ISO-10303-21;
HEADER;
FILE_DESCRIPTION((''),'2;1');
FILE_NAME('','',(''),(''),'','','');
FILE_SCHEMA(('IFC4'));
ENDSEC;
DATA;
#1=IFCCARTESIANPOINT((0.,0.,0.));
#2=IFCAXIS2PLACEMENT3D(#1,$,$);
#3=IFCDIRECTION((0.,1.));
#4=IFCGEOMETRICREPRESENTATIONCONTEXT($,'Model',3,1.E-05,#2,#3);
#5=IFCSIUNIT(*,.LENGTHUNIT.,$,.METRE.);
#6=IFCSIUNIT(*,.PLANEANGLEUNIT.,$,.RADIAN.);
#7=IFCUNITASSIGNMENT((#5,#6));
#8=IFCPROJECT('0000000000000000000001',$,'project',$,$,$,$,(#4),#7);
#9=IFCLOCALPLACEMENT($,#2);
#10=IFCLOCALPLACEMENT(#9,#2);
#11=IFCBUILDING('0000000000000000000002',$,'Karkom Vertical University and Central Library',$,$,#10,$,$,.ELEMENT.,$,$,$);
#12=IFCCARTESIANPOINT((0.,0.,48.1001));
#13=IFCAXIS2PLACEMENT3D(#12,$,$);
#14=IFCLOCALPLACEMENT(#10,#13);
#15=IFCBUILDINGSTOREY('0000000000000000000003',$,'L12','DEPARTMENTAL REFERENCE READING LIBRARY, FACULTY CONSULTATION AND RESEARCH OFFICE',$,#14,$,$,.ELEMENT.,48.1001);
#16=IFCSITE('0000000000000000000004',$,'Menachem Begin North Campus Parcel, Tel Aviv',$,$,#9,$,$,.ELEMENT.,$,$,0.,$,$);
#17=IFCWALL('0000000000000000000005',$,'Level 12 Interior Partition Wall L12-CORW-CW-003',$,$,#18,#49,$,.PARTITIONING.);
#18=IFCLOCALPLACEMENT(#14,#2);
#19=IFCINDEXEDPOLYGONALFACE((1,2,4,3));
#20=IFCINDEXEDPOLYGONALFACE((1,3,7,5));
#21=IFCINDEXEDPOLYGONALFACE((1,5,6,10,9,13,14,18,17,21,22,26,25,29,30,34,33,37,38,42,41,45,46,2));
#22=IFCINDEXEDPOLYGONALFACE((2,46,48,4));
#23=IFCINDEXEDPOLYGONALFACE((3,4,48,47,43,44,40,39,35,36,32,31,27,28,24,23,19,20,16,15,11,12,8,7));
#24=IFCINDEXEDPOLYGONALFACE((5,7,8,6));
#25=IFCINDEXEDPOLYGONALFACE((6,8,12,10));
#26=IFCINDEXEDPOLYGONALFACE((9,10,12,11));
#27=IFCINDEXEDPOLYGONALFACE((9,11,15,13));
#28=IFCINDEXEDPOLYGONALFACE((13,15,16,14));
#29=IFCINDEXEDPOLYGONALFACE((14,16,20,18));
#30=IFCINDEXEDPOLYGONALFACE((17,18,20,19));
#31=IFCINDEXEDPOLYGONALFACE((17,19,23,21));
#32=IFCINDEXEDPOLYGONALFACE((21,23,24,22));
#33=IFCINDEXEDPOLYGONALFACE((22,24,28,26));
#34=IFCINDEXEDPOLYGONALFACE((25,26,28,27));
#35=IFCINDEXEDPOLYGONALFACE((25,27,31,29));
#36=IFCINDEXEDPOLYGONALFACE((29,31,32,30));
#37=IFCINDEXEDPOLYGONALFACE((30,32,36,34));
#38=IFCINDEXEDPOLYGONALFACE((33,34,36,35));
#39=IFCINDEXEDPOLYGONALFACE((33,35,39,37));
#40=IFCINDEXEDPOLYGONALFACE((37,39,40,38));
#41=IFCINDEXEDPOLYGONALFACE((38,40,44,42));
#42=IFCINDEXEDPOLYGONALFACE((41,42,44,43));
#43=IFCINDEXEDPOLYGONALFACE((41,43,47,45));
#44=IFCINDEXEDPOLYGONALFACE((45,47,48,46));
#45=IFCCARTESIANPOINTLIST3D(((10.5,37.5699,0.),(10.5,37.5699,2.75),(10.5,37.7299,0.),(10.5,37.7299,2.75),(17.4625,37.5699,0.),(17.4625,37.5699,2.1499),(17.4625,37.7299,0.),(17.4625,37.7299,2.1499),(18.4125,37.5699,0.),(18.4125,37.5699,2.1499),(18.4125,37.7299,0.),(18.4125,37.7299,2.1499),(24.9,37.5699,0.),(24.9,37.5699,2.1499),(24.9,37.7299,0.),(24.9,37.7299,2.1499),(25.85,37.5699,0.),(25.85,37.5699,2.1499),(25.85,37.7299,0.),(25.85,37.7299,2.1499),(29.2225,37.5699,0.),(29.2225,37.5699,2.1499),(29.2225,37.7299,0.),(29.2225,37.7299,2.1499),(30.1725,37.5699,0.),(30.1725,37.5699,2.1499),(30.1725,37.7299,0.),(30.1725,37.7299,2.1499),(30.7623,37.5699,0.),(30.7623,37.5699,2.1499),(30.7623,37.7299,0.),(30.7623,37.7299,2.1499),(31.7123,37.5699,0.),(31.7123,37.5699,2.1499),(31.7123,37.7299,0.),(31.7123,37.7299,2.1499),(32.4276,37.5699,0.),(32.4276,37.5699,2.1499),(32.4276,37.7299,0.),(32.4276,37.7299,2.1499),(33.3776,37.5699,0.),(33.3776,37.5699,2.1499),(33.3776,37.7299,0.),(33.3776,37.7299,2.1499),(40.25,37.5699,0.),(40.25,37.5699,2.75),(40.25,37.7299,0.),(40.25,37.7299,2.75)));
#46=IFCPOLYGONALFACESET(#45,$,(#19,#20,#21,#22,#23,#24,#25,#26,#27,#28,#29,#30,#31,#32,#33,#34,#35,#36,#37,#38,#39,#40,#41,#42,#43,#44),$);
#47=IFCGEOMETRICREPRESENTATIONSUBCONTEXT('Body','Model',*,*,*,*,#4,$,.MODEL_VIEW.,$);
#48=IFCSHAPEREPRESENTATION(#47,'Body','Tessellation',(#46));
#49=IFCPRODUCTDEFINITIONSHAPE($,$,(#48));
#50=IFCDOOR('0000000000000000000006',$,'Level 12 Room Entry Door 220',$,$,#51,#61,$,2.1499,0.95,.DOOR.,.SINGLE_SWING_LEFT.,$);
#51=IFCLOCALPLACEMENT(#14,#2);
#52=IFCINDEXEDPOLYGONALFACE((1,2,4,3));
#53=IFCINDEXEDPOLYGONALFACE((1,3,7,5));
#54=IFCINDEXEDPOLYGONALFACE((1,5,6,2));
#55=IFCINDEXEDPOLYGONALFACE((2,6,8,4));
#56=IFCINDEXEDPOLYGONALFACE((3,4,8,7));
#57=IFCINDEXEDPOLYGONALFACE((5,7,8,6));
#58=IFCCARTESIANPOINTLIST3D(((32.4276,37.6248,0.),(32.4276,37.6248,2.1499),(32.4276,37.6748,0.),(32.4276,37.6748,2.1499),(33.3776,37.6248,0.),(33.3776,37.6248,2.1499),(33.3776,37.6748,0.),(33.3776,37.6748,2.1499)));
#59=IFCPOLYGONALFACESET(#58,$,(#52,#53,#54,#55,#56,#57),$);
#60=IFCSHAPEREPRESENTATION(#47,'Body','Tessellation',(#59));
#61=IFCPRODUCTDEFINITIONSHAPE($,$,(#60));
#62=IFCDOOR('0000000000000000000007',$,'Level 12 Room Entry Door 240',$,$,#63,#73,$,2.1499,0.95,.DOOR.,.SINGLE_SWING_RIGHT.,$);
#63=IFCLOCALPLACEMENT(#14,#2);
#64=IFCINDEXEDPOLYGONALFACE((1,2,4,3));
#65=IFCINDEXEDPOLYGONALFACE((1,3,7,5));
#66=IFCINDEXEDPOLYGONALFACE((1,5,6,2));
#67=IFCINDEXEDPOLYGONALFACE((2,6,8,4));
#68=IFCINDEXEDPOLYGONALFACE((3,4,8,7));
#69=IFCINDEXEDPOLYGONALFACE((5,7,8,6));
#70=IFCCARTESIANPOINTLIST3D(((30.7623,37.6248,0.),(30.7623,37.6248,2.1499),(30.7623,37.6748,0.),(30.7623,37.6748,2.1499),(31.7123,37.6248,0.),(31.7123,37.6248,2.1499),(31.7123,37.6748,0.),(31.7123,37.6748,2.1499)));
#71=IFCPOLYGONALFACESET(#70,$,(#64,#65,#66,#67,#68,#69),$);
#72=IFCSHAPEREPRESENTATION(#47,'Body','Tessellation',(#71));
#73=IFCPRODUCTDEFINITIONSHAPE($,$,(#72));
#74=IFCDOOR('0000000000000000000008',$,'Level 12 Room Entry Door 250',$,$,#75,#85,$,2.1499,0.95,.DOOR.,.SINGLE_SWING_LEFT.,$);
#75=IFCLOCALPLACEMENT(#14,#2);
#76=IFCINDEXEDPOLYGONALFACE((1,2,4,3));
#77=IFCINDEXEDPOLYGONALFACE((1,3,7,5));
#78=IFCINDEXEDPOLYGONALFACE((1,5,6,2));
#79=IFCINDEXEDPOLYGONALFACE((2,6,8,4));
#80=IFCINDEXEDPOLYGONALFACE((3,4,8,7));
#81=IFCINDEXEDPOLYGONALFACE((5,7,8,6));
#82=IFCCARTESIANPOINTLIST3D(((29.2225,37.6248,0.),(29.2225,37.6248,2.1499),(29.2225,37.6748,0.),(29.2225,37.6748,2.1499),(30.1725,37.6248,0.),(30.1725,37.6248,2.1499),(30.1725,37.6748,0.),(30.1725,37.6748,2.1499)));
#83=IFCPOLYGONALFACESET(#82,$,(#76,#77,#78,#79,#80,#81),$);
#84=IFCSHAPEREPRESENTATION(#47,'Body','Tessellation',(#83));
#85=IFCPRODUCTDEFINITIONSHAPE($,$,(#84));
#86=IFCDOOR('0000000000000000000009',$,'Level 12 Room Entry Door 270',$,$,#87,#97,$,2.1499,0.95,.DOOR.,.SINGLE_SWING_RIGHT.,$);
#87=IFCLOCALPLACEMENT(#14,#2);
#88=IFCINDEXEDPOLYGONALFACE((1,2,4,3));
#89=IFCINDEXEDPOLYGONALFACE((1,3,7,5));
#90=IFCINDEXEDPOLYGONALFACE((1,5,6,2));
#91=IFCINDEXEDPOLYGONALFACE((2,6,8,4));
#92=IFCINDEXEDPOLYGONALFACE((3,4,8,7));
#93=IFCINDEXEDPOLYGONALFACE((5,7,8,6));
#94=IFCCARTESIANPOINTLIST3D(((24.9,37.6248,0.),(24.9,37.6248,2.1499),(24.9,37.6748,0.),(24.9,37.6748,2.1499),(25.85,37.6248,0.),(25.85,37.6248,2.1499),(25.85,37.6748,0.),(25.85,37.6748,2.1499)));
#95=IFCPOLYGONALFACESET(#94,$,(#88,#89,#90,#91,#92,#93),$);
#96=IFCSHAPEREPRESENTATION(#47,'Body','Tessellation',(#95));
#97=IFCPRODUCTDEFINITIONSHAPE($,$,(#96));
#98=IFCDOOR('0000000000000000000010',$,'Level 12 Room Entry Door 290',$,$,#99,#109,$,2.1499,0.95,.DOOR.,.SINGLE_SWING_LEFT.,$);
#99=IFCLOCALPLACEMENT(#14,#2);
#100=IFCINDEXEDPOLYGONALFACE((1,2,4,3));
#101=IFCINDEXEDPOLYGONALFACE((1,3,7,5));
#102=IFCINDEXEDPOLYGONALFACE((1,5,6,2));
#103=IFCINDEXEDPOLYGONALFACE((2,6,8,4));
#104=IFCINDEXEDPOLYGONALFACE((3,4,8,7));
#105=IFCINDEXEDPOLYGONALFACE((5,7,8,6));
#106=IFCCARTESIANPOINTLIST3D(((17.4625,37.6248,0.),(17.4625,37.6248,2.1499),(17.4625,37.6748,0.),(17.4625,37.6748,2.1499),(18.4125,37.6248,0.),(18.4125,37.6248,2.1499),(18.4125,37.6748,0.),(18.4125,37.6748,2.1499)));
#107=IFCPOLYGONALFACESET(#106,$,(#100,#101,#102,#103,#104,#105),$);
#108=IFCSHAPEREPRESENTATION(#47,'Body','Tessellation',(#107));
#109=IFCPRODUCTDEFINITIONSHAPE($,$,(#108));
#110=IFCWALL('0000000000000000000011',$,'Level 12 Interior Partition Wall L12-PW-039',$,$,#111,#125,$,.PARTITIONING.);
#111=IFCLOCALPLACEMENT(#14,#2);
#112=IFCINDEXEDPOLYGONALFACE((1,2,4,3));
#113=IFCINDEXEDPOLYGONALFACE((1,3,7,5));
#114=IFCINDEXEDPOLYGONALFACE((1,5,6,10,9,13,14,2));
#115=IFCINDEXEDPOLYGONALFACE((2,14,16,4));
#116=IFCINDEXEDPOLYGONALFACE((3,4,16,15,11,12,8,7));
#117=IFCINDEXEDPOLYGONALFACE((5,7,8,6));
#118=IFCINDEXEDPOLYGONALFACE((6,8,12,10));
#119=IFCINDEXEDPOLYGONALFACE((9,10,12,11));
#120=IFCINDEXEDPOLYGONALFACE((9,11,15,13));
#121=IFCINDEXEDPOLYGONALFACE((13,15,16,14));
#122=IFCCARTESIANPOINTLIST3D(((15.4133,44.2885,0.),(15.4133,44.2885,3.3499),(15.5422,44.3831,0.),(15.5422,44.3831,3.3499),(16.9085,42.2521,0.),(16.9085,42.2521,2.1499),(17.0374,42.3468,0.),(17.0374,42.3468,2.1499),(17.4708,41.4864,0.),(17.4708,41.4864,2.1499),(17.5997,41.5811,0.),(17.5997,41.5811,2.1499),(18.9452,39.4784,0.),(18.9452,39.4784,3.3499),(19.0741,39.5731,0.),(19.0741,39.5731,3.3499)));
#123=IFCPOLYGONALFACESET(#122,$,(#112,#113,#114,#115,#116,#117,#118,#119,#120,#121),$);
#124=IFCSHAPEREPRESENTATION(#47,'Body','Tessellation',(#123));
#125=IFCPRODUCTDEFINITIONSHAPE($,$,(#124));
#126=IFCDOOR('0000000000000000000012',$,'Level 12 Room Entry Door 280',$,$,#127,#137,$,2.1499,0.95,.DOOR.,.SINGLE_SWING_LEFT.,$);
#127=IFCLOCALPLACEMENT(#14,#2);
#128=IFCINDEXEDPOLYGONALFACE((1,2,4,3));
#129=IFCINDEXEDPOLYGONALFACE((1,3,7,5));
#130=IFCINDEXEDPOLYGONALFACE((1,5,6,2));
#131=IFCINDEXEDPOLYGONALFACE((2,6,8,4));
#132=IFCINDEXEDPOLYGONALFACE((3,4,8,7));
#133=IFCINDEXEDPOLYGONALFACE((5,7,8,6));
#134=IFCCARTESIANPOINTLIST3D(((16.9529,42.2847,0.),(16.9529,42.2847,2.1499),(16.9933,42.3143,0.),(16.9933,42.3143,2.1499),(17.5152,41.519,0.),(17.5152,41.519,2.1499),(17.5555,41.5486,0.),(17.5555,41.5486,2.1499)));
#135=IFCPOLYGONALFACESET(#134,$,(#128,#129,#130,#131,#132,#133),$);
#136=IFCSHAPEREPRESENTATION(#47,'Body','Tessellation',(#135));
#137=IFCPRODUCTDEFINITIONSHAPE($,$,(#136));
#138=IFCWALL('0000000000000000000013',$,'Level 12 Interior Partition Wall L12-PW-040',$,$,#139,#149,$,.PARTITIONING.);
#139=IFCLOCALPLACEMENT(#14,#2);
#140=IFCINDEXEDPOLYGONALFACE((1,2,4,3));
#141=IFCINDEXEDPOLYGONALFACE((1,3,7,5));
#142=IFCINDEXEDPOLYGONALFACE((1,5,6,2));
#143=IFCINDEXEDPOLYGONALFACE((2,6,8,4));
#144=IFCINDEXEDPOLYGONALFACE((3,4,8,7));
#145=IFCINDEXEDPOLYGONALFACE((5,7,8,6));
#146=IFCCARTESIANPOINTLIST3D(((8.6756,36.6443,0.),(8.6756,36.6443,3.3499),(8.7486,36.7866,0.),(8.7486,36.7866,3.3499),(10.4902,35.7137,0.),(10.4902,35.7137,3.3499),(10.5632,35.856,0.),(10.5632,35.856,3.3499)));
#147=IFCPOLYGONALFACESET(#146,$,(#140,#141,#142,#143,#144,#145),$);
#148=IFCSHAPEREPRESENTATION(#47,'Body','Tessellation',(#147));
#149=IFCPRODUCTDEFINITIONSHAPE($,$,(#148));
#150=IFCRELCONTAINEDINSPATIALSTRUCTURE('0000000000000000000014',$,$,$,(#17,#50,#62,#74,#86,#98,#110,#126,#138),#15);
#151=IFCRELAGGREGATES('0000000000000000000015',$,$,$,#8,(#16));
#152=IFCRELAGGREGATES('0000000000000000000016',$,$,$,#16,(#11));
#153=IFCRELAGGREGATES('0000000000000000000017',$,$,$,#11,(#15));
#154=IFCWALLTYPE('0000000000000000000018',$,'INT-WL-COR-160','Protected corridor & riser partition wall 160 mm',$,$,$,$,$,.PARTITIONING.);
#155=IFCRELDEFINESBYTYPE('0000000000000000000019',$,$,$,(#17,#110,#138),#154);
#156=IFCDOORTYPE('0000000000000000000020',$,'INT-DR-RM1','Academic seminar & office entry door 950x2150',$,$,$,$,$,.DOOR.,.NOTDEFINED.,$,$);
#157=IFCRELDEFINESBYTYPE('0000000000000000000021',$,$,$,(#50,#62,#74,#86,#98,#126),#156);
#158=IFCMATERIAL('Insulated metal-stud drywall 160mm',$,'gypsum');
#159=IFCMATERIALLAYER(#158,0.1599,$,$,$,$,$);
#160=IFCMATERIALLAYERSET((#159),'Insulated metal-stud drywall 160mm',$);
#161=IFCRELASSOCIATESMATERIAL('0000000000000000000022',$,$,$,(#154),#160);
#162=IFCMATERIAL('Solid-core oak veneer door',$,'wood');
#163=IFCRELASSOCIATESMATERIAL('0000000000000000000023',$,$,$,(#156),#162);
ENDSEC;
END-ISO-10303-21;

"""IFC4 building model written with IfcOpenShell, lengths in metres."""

from ifc_helpers import new_model, si_unit, direction, frame, frame_2d, origin, origin_with_axes, place, context, subcontext, project, spatial, rectangle, extrude, source, transform, mapped, material, layer, layer_set, type_object, element, fill, save


model = new_model("IFC4")

# Units and contexts
model_context = context("Model", 3, precision=1e-05, world=origin(), true_north=direction((0.0, 1.0)))
body_context = subcontext(model_context, "Body", "Model", "MODEL_VIEW")
ifc_project = project(units=[si_unit("LENGTHUNIT", "METRE"), si_unit("PLANEANGLEUNIT", "RADIAN")], contexts=[model_context])

# Site, building, storey
site_placement = place(None, origin())
site = spatial("IfcSite", under=ifc_project, at=site_placement, Name="Menachem Begin North Campus Parcel, Tel Aviv", CompositionType="ELEMENT", RefElevation=0.0)
building_placement = place(site_placement, origin())
building = spatial("IfcBuilding", under=site, at=building_placement, Name="Karkom Vertical University and Central Library", CompositionType="ELEMENT")
storey_placement = place(building_placement, frame((0.0, 0.0, 48.1001)))
storey = spatial("IfcBuildingStorey", under=building, at=storey_placement, Name="L12", Description="DEPARTMENTAL REFERENCE READING LIBRARY, FACULTY CONSULTATION AND RESEARCH OFFICE", CompositionType="ELEMENT", Elevation=48.1001)

# Wall, openings, doors
ifc_material_1 = material(Name="Insulated metal-stud drywall 160mm", Category="gypsum")
ifc_layer_1 = layer(ifc_material_1, 0.1599)
ifc_layer_set_1 = layer_set([ifc_layer_1], Name="Insulated metal-stud drywall 160mm")
wall_type_1 = type_object("IfcWallType", Name="INT-WL-COR-160", Description="Protected corridor & riser partition wall 160 mm", PredefinedType="PARTITIONING", material=ifc_layer_set_1)
wall_1_placement = place(storey_placement, frame((10.5, 37.6499, 0.0), z_axis=(0.0, 0.0, 1.0), x_axis=(1.0, 0.0, 0.0)))
wall_1 = element("IfcWall", 1, at=wall_1_placement, inside=storey, type_object=wall_type_1, Name="Level 12 Interior Partition Wall L12-CORW-CW-003", PredefinedType="PARTITIONING", context=body_context, shape_type="SweptSolid", body=[
    extrude(rectangle(XDim=29.75, YDim=0.1599, at=frame_2d((14.875, 0.0))), origin(), (0.0, 0.0, 1.0), 2.75),
])
opening_1_placement = place(wall_1_placement, frame((21.9275, 0.0, 0.0)))
opening_1 = element("IfcOpeningElement", 2, at=opening_1_placement, cuts=wall_1, PredefinedType="OPENING", context=body_context, shape_type="SweptSolid", body=[
    extrude(rectangle(XDim=0.95, YDim=2.1499, at=frame_2d((0.4751, 1.075))), frame((0.0, 0.0898, 0.0), z_axis=(0.0, -1.0, 0.0), x_axis=(1.0, 0.0, 0.0)), (0.0, 0.0, 1.0), 0.1799),
])
opening_2_placement = place(wall_1_placement, frame((20.2622, 0.0, 0.0)))
opening_2 = element("IfcOpeningElement", 3, at=opening_2_placement, cuts=wall_1, PredefinedType="OPENING", context=body_context, shape_type="SweptSolid", body=[
    extrude(rectangle(XDim=0.95, YDim=2.1499, at=frame_2d((0.4751, 1.075))), frame((0.0, 0.0898, 0.0), z_axis=(0.0, -1.0, 0.0), x_axis=(1.0, 0.0, 0.0)), (0.0, 0.0, 1.0), 0.1799),
])
opening_3_placement = place(wall_1_placement, frame((18.7224, 0.0, 0.0)))
opening_3 = element("IfcOpeningElement", 4, at=opening_3_placement, cuts=wall_1, PredefinedType="OPENING", context=body_context, shape_type="SweptSolid", body=[
    extrude(rectangle(XDim=0.95, YDim=2.1499, at=frame_2d((0.4751, 1.075))), frame((0.0, 0.0898, 0.0), z_axis=(0.0, -1.0, 0.0), x_axis=(1.0, 0.0, 0.0)), (0.0, 0.0, 1.0), 0.1799),
])
opening_4_placement = place(wall_1_placement, frame((14.3999, 0.0, 0.0)))
opening_4 = element("IfcOpeningElement", 5, at=opening_4_placement, cuts=wall_1, PredefinedType="OPENING", context=body_context, shape_type="SweptSolid", body=[
    extrude(rectangle(XDim=0.95, YDim=2.1499, at=frame_2d((0.4751, 1.075))), frame((0.0, 0.0898, 0.0), z_axis=(0.0, -1.0, 0.0), x_axis=(1.0, 0.0, 0.0)), (0.0, 0.0, 1.0), 0.1799),
])
opening_5_placement = place(wall_1_placement, frame((6.9624, 0.0, 0.0)))
opening_5 = element("IfcOpeningElement", 6, at=opening_5_placement, cuts=wall_1, PredefinedType="OPENING", context=body_context, shape_type="SweptSolid", body=[
    extrude(rectangle(XDim=0.95, YDim=2.1499, at=frame_2d((0.4751, 1.075))), frame((0.0, 0.0898, 0.0), z_axis=(0.0, -1.0, 0.0), x_axis=(1.0, 0.0, 0.0)), (0.0, 0.0, 1.0), 0.1799),
])
ifc_material_2 = material(Name="Solid-core oak veneer door", Category="wood")
door_type = type_object("IfcDoorType", Name="INT-DR-RM1", Description="Academic seminar & office entry door 950x2150", OperationType="NOTDEFINED", PredefinedType="DOOR", material=ifc_material_2)
shared_shape_1 = source(origin_with_axes(), body_context, "Body", "SweptSolid", [
    extrude(rectangle(XDim=0.95, YDim=2.1499, at=frame_2d((0.4751, 1.075))), frame((0.0, 0.0249, 0.0), z_axis=(0.0, -1.0, 0.0), x_axis=(1.0, 0.0, 0.0)), (0.0, 0.0, 1.0), 0.05),
])
door_1_placement = place(opening_1_placement, origin())
door_1 = element("IfcDoor", 7, at=door_1_placement, inside=storey, type_object=door_type, Name="Level 12 Room Entry Door 220", OperationType="SINGLE_SWING_LEFT", OverallHeight=2.1499, OverallWidth=0.95, PredefinedType="DOOR", context=body_context, shape_type="MappedRepresentation", body=[
    mapped(shared_shape_1, transform((0.0, 0.0, 0.0), scale=1.0)),
])
fill(opening_1, door_1)
door_2_placement = place(opening_2_placement, origin())
door_2 = element("IfcDoor", 8, at=door_2_placement, inside=storey, type_object=door_type, Name="Level 12 Room Entry Door 240", OperationType="SINGLE_SWING_RIGHT", OverallHeight=2.1499, OverallWidth=0.95, PredefinedType="DOOR", context=body_context, shape_type="MappedRepresentation", body=[
    mapped(shared_shape_1, transform((0.0, 0.0, 0.0), scale=1.0)),
])
fill(opening_2, door_2)
door_3_placement = place(opening_3_placement, origin())
door_3 = element("IfcDoor", 9, at=door_3_placement, inside=storey, type_object=door_type, Name="Level 12 Room Entry Door 250", OperationType="SINGLE_SWING_LEFT", OverallHeight=2.1499, OverallWidth=0.95, PredefinedType="DOOR", context=body_context, shape_type="MappedRepresentation", body=[
    mapped(shared_shape_1, transform((0.0, 0.0, 0.0), scale=1.0)),
])
fill(opening_3, door_3)
door_4_placement = place(opening_4_placement, origin())
door_4 = element("IfcDoor", 10, at=door_4_placement, inside=storey, type_object=door_type, Name="Level 12 Room Entry Door 270", OperationType="SINGLE_SWING_RIGHT", OverallHeight=2.1499, OverallWidth=0.95, PredefinedType="DOOR", context=body_context, shape_type="MappedRepresentation", body=[
    mapped(shared_shape_1, transform((0.0, 0.0, 0.0), scale=1.0)),
])
fill(opening_4, door_4)
door_5_placement = place(opening_5_placement, origin())
door_5 = element("IfcDoor", 11, at=door_5_placement, inside=storey, type_object=door_type, Name="Level 12 Room Entry Door 290", OperationType="SINGLE_SWING_LEFT", OverallHeight=2.1499, OverallWidth=0.95, PredefinedType="DOOR", context=body_context, shape_type="MappedRepresentation", body=[
    mapped(shared_shape_1, transform((0.0, 0.0, 0.0), scale=1.0)),
])
fill(opening_5, door_5)

# Wall, opening, door
wall_2_placement = place(storey_placement, frame((19.0098, 39.5256, 0.0), z_axis=(0.0, 0.0, 1.0), x_axis=(-0.591865, 0.806037, 0.0)))
wall_2 = element("IfcWall", 12, at=wall_2_placement, inside=storey, type_object=wall_type_1, Name="Level 12 Interior Partition Wall L12-PW-039", PredefinedType="PARTITIONING", context=body_context, shape_type="SweptSolid", body=[
    extrude(rectangle(XDim=5.9675, YDim=0.1599, at=frame_2d((2.9839, 0.0))), origin(), (0.0, 0.0, 1.0), 3.3499),
])
opening_6_placement = place(wall_2_placement, frame((2.4912, 0.0, 0.0)))
opening_6 = element("IfcOpeningElement", 13, at=opening_6_placement, cuts=wall_2, PredefinedType="OPENING", context=body_context, shape_type="SweptSolid", body=[
    extrude(rectangle(XDim=0.95, YDim=2.1499, at=frame_2d((0.4751, 1.075))), frame((0.0, 0.0898, 0.0), z_axis=(0.0, -1.0, 0.0), x_axis=(1.0, 0.0, 0.0)), (0.0, 0.0, 1.0), 0.1799),
])
door_6_placement = place(opening_6_placement, origin())
door_6 = element("IfcDoor", 14, at=door_6_placement, inside=storey, type_object=door_type, Name="Level 12 Room Entry Door 280", OperationType="SINGLE_SWING_LEFT", OverallHeight=2.1499, OverallWidth=0.95, PredefinedType="DOOR", context=body_context, shape_type="MappedRepresentation", body=[
    mapped(shared_shape_1, transform((0.0, 0.0, 0.0), scale=1.0)),
])
fill(opening_6, door_6)

# Wall
wall_3_placement = place(storey_placement, frame((10.5266, 35.7849, 0.0), z_axis=(0.0, 0.0, 1.0), x_axis=(-0.889807, 0.456336, 0.0)))
element("IfcWall", 15, at=wall_3_placement, inside=storey, type_object=wall_type_1, Name="Level 12 Interior Partition Wall L12-PW-040", PredefinedType="PARTITIONING", context=body_context, shape_type="SweptSolid", body=[
    extrude(rectangle(XDim=2.0393, YDim=0.1599, at=frame_2d((1.0195, 0.0))), origin(), (0.0, 0.0, 1.0), 3.3499),
])

save(model, "model.ifc")
